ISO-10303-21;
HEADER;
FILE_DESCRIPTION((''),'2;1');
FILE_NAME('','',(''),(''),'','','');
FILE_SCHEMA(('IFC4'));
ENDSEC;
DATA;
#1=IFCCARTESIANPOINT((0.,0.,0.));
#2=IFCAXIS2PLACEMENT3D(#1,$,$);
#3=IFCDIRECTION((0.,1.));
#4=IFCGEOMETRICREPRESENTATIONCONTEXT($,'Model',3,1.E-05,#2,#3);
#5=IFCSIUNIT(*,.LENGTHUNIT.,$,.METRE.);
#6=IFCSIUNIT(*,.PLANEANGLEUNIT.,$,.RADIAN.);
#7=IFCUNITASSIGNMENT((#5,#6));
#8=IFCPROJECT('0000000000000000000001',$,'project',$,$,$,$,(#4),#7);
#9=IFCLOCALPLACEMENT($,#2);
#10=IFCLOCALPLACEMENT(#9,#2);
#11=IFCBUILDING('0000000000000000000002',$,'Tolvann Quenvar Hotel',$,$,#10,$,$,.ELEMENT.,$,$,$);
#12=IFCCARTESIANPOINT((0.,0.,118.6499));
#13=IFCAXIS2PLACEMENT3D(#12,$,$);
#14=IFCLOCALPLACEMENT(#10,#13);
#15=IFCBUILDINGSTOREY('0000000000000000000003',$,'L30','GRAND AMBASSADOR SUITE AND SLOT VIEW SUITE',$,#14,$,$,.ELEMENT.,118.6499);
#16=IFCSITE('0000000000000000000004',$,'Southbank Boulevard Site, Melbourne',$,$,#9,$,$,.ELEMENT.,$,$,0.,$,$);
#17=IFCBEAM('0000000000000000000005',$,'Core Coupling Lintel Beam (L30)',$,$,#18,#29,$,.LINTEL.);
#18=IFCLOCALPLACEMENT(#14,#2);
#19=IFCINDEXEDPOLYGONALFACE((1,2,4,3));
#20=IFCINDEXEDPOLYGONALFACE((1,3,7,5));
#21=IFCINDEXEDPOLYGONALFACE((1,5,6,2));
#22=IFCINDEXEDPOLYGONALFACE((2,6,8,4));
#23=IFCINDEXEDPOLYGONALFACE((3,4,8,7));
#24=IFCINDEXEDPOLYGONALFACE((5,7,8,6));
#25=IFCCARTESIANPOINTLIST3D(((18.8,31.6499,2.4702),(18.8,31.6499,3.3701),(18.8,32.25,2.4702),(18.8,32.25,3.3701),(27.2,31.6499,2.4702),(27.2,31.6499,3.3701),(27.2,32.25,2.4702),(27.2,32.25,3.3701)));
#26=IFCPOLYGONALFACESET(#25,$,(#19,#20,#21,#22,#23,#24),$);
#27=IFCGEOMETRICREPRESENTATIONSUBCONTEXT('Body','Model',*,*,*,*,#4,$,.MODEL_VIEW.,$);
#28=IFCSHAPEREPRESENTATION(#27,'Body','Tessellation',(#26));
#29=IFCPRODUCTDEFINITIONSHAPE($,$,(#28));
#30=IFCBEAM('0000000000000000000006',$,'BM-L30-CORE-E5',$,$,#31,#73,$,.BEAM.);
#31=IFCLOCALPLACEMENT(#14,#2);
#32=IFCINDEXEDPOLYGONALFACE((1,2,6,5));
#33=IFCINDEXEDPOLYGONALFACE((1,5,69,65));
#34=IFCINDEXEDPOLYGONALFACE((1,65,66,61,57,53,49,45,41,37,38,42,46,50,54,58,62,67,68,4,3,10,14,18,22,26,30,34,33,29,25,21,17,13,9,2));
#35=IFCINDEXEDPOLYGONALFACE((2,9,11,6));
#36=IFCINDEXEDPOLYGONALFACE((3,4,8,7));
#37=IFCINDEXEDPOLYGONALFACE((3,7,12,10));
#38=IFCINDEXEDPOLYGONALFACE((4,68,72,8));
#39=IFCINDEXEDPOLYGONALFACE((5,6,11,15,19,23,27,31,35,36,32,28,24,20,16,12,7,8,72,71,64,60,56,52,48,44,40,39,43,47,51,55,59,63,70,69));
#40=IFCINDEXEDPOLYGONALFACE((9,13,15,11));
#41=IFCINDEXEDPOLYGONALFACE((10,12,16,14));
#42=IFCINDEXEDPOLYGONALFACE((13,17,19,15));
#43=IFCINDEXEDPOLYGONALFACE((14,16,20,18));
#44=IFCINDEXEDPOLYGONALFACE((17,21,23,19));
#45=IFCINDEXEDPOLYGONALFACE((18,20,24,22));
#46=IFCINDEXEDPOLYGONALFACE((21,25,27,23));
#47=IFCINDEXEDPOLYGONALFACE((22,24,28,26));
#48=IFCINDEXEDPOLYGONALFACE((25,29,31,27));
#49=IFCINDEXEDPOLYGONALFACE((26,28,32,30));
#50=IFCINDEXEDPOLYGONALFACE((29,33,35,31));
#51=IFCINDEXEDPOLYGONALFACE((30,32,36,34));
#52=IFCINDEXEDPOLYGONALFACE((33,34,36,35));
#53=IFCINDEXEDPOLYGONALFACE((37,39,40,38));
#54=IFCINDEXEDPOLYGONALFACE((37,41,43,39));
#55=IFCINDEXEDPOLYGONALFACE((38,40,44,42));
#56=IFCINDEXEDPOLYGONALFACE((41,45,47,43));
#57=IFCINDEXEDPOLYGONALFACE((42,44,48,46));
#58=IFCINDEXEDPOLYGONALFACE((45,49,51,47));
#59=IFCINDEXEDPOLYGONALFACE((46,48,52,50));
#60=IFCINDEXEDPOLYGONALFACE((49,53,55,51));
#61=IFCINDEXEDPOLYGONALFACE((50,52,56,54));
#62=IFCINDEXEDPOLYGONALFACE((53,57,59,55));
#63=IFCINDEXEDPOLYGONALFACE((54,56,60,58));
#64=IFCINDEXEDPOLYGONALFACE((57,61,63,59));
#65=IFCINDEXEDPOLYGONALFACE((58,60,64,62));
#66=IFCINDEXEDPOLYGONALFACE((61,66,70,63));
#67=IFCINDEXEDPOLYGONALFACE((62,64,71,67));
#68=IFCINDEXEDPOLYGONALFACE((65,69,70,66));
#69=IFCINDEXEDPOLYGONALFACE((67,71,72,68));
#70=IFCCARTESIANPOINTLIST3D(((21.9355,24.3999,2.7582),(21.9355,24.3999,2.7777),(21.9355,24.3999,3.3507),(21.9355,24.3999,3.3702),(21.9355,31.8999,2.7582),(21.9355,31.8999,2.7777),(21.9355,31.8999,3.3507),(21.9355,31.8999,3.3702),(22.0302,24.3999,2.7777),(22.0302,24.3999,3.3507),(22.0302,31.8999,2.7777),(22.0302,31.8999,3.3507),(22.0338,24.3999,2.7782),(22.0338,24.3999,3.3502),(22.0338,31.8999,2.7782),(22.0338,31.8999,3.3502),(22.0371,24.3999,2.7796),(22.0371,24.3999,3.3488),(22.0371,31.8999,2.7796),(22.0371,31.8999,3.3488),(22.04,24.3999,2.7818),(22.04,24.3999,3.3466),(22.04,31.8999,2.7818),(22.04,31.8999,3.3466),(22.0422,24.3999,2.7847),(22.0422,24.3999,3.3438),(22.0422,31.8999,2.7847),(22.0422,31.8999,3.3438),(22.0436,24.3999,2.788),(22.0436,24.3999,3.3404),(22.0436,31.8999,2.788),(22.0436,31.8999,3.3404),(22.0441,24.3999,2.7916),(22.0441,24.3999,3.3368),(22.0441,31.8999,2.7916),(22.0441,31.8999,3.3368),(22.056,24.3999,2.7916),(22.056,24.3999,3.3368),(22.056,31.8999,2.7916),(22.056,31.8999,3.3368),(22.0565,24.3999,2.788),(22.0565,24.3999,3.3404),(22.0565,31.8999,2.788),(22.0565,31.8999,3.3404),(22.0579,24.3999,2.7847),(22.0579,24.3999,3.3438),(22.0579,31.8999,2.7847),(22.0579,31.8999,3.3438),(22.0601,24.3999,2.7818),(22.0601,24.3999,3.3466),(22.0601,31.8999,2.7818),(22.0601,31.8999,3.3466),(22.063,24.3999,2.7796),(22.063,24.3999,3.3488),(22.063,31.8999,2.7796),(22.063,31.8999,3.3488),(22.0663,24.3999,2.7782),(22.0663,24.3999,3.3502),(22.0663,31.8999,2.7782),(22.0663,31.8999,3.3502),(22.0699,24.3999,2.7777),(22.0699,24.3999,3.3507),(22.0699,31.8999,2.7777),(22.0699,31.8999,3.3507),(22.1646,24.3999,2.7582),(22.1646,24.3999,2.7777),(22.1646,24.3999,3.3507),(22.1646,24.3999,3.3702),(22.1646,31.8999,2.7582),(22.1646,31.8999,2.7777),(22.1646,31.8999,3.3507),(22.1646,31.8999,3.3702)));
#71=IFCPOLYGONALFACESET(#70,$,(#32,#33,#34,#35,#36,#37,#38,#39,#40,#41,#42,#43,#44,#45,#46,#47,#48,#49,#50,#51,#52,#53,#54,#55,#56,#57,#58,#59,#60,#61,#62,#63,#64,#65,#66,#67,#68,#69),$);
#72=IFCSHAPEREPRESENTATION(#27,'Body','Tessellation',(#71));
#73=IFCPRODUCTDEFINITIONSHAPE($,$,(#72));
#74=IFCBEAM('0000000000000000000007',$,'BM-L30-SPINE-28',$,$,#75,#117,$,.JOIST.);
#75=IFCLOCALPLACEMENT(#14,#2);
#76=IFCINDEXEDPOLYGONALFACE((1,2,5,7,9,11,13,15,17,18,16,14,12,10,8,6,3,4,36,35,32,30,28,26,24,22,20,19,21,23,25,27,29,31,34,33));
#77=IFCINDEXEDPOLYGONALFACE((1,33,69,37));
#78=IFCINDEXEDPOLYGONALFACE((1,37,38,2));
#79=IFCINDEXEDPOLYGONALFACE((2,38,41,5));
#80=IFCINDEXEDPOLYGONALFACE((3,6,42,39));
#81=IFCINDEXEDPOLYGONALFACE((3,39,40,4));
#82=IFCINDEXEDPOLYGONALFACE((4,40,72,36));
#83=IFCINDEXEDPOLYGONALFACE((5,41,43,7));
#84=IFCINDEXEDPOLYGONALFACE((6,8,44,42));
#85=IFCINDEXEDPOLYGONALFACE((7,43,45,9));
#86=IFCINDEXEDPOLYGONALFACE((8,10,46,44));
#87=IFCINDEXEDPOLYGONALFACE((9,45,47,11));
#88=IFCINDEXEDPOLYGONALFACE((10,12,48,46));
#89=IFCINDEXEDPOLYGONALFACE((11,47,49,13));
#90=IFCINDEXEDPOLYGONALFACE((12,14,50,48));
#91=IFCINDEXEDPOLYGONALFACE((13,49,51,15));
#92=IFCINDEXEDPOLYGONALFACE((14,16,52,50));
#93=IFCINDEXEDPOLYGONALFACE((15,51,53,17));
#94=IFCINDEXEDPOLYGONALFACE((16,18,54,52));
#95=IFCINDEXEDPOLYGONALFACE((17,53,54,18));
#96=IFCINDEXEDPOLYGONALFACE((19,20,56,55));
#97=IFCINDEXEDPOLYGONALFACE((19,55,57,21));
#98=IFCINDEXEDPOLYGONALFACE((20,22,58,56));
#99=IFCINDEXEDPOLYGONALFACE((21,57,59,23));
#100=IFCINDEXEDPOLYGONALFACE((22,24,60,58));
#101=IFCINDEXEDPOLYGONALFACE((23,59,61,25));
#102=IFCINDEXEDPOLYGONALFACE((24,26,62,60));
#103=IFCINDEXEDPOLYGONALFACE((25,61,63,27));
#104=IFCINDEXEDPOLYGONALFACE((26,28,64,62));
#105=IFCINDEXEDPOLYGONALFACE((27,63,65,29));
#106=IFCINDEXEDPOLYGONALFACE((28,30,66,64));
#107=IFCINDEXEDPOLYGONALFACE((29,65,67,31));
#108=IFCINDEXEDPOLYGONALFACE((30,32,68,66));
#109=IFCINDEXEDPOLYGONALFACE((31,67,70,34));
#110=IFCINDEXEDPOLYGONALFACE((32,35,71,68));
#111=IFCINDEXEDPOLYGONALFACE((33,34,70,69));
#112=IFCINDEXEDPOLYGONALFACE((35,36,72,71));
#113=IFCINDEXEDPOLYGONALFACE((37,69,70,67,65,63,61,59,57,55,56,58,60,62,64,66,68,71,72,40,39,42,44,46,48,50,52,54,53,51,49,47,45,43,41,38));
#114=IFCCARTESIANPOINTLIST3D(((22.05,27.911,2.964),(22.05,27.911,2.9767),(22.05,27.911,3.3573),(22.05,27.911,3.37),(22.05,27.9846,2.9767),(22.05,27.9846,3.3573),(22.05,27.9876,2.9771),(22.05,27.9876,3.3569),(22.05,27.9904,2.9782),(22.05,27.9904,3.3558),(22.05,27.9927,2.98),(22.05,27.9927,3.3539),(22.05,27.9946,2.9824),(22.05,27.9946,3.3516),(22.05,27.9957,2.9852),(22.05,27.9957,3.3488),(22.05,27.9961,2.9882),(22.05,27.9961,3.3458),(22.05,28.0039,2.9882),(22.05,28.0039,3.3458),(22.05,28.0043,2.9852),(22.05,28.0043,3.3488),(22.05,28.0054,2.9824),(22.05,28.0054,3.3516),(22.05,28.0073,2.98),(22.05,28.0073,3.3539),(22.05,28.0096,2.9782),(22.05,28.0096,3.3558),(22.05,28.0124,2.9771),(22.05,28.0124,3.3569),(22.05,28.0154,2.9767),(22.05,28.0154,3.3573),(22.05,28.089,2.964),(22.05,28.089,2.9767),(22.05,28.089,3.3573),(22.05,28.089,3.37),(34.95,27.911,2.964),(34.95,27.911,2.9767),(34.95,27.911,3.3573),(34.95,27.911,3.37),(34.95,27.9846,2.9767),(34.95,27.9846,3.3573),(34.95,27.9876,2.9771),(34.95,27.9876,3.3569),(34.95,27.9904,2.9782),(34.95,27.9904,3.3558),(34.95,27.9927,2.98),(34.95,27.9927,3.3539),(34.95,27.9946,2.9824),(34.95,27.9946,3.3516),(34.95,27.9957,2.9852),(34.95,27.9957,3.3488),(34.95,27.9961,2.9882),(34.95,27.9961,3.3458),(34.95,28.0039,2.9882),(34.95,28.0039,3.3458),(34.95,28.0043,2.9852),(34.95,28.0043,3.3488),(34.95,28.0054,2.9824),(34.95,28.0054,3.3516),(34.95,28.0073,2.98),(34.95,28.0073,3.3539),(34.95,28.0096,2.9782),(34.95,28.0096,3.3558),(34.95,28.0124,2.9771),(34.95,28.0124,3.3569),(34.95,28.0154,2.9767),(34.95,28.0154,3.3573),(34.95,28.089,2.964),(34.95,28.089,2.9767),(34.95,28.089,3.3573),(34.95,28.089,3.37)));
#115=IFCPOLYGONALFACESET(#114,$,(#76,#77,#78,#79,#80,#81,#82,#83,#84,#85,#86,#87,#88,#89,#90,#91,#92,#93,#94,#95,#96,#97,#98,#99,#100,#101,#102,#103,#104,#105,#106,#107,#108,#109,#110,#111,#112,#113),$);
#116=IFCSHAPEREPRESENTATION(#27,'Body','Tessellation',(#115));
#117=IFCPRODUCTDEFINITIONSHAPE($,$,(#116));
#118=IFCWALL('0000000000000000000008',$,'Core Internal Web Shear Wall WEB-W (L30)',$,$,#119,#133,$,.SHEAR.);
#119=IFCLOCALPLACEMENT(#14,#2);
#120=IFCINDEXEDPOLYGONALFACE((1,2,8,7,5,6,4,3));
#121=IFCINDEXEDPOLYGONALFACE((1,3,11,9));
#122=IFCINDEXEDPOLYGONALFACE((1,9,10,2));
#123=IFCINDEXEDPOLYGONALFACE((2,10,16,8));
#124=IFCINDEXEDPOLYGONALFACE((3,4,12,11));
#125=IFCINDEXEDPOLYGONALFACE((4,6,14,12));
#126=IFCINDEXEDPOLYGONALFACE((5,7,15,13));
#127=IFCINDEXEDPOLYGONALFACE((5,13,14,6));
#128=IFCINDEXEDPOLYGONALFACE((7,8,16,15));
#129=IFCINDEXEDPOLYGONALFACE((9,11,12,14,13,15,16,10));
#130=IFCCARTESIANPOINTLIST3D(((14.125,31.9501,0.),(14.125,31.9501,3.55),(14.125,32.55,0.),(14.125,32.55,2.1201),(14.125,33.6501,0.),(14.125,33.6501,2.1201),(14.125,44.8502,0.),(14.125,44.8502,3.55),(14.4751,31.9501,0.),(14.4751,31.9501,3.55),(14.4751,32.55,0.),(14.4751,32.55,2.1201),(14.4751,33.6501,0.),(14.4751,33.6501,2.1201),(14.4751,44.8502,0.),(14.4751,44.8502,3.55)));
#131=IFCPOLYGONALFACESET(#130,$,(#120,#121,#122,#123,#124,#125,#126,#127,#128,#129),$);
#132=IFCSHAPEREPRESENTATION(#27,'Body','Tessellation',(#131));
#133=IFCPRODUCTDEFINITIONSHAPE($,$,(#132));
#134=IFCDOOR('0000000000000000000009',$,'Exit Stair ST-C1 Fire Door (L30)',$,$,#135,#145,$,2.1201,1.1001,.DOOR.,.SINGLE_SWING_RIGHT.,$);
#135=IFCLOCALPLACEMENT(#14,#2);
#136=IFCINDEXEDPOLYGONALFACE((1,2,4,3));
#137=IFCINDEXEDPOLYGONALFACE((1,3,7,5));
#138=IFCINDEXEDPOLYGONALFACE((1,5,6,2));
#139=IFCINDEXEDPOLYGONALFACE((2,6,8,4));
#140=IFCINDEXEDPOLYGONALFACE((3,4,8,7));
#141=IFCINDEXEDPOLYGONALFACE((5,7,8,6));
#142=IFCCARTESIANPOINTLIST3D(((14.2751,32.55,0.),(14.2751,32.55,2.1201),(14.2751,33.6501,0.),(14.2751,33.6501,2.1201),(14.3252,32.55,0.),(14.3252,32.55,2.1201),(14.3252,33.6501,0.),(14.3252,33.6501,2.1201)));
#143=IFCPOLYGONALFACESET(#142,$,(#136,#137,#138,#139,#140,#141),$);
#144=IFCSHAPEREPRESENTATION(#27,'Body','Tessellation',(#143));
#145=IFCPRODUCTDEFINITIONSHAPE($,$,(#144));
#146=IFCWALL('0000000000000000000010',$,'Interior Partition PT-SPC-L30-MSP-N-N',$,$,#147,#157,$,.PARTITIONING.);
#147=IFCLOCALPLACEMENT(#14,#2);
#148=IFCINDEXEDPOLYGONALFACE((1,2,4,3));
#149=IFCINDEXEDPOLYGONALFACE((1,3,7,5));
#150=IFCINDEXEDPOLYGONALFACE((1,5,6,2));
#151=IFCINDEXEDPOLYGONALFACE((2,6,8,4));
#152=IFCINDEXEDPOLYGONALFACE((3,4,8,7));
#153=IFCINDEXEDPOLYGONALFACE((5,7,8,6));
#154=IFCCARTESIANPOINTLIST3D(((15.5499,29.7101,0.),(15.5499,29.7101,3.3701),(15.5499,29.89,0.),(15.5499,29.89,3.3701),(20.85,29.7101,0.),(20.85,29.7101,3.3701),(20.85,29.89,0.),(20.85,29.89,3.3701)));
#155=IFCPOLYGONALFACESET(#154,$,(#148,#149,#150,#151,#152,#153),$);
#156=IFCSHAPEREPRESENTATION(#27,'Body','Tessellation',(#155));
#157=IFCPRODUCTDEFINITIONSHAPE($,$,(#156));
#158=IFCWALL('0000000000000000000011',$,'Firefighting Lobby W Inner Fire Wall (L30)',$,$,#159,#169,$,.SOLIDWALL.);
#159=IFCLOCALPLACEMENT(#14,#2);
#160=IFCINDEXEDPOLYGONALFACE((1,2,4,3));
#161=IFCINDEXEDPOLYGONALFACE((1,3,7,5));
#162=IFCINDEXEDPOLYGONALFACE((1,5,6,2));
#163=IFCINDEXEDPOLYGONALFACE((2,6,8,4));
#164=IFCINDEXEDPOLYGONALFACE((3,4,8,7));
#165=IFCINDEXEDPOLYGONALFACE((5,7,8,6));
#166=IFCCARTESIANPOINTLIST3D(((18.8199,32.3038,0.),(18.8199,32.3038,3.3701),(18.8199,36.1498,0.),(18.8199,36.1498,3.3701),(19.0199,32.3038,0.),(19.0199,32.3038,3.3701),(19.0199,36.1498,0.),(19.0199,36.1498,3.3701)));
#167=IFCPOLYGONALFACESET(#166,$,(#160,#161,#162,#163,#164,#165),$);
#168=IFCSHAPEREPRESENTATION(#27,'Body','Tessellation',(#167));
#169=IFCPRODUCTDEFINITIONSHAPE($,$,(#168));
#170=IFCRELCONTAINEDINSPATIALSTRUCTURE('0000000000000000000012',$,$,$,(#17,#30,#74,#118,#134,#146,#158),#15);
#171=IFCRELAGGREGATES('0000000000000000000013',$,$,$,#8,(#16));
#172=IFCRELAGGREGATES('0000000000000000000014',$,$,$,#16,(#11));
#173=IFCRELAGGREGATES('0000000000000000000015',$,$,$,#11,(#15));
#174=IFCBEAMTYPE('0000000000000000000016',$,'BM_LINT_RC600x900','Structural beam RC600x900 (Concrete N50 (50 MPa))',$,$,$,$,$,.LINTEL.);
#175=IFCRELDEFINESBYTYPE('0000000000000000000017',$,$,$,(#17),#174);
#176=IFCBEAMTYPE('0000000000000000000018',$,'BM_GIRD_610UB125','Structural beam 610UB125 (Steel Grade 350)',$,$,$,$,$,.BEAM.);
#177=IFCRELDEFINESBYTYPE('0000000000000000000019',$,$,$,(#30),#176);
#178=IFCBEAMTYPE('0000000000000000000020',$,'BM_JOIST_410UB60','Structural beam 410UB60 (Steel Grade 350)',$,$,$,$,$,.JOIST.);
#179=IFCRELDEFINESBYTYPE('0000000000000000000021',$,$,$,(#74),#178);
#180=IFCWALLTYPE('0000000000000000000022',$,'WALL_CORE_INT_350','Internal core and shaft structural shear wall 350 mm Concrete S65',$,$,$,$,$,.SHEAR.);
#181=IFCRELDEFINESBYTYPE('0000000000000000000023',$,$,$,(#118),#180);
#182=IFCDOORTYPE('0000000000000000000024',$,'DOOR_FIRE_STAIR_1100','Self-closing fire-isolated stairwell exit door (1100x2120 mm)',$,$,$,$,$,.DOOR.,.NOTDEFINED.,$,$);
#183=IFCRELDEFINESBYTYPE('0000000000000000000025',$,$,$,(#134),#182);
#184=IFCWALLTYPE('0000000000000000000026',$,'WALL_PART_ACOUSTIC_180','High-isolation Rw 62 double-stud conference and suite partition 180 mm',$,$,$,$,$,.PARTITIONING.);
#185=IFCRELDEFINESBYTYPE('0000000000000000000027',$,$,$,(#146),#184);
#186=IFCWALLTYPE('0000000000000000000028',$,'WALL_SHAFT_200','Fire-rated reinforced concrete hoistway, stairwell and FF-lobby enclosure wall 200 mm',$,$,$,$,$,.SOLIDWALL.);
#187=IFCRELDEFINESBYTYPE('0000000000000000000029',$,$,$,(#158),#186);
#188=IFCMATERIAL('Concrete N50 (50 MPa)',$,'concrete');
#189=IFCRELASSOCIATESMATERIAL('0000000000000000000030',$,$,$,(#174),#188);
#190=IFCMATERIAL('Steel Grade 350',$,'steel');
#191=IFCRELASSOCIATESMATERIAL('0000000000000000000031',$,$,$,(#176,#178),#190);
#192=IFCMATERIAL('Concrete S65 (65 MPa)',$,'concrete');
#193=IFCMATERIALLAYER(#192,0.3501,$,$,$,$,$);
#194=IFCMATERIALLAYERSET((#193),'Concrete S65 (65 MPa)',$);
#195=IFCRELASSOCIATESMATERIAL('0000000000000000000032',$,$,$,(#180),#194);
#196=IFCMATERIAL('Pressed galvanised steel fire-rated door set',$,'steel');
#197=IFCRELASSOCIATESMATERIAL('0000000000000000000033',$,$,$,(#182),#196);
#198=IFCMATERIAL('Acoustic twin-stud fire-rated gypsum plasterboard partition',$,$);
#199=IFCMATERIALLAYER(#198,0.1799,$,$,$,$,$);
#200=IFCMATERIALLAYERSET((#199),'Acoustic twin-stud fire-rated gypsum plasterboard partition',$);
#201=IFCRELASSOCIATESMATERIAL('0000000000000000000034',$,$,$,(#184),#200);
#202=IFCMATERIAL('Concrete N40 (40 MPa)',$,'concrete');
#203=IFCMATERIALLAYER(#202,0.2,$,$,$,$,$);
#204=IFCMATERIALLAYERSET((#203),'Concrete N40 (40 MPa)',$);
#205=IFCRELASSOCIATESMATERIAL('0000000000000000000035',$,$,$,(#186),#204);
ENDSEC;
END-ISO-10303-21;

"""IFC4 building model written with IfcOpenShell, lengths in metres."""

from ifc_helpers import new_model, si_unit, direction, frame, frame_2d, origin, origin_2d, place, context, subcontext, project, spatial, rectangle, i_section, extrude, source, transform, mapped, material, layer, layer_set, material_profile, profile_set, type_object, type_shapes, element, fill, save


model = new_model("IFC4")

# Units and contexts
model_context = context("Model", 3, precision=1e-05, world=origin(), true_north=direction((0.0, 1.0)))
body_context = subcontext(model_context, "Body", "Model", "MODEL_VIEW")
ifc_project = project(units=[si_unit("LENGTHUNIT", "METRE"), si_unit("PLANEANGLEUNIT", "RADIAN")], contexts=[model_context])

# Site, building, storey
site_placement = place(None, origin())
site = spatial("IfcSite", under=ifc_project, at=site_placement, Name="Southbank Boulevard Site, Melbourne", CompositionType="ELEMENT", RefElevation=0.0)
building_placement = place(site_placement, origin())
building = spatial("IfcBuilding", under=site, at=building_placement, Name="Tolvann Quenvar Hotel", CompositionType="ELEMENT")
storey_placement = place(building_placement, frame((0.0, 0.0, 118.6499)))
storey = spatial("IfcBuildingStorey", under=building, at=storey_placement, Name="L30", Description="GRAND AMBASSADOR SUITE AND SLOT VIEW SUITE", CompositionType="ELEMENT", Elevation=118.6499)

# Beams
ifc_material_1 = material(Name="Concrete N50 (50 MPa)", Category="concrete")
ifc_material_profile_1 = material_profile(ifc_material_1, rectangle(XDim=0.6001, YDim=0.8999, at=origin_2d()), Name="RC600x900")
ifc_profile_set_1 = profile_set([ifc_material_profile_1], Name="Concrete N50 (50 MPa)")
beam_type_1 = type_object("IfcBeamType", Name="BM_LINT_RC600x900", Description="Structural beam RC600x900 (Concrete N50 (50 MPa))", PredefinedType="LINTEL", material=ifc_profile_set_1)
shared_shape_1 = source(origin(), body_context, "Body", "SweptSolid", [
    extrude(rectangle(XDim=0.6001, YDim=0.8999, at=origin_2d()), origin(), (0.0, 0.0, 1.0), 8.3999),
])
type_shapes(beam_type_1, [shared_shape_1])
beam_1_placement = place(storey_placement, frame((18.8, 31.95, 2.9202), z_axis=(1.0, 0.0, 0.0), x_axis=(0.0, 1.0, 0.0)))
element("IfcBeam", 1, at=beam_1_placement, inside=storey, type_object=beam_type_1, Name="Core Coupling Lintel Beam (L30)", PredefinedType="LINTEL", context=body_context, shape_type="MappedRepresentation", body=[
    mapped(shared_shape_1, transform((0.0, 0.0, 0.0), x_axis=(1.0, 0.0, 0.0), y_axis=(0.0, 1.0, 0.0), z_axis=(0.0, 0.0, 1.0), scale=1.0)),
])
ifc_material_2 = material(Name="Steel Grade 350", Category="steel")
ifc_material_profile_2 = material_profile(ifc_material_2, i_section(OverallWidth=0.229, OverallDepth=0.6121, WebThickness=0.012, FlangeThickness=0.0195, FilletRadius=0.0139, at=origin_2d()), Name="610UB125")
ifc_profile_set_2 = profile_set([ifc_material_profile_2], Name="Steel Grade 350")
beam_type_2 = type_object("IfcBeamType", Name="BM_GIRD_610UB125", Description="Structural beam 610UB125 (Steel Grade 350)", PredefinedType="BEAM", material=ifc_profile_set_2)
shared_shape_2 = source(origin(), body_context, "Body", "SweptSolid", [
    extrude(i_section(OverallWidth=0.229, OverallDepth=0.6121, WebThickness=0.012, FlangeThickness=0.0195, FilletRadius=0.0139, at=origin_2d()), origin(), (0.0, 0.0, 1.0), 7.5),
])
type_shapes(beam_type_2, [shared_shape_2])
beam_2_placement = place(storey_placement, frame((22.05, 24.3999, 3.0642), z_axis=(0.0, 1.0, 0.0), x_axis=(-1.0, 0.0, 0.0)))
element("IfcBeam", 2, at=beam_2_placement, inside=storey, type_object=beam_type_2, Name="BM-L30-CORE-E5", PredefinedType="BEAM", context=body_context, shape_type="MappedRepresentation", body=[
    mapped(shared_shape_2, transform((0.0, 0.0, 0.0), x_axis=(1.0, 0.0, 0.0), y_axis=(0.0, 1.0, 0.0), z_axis=(0.0, 0.0, 1.0), scale=1.0)),
])
ifc_material_profile_3 = material_profile(ifc_material_2, i_section(OverallWidth=0.178, OverallDepth=0.406, WebThickness=0.0078, FlangeThickness=0.0127, FilletRadius=0.0115, at=origin_2d()), Name="410UB60")
ifc_profile_set_3 = profile_set([ifc_material_profile_3], Name="Steel Grade 350")
beam_type_3 = type_object("IfcBeamType", Name="BM_JOIST_410UB60", Description="Structural beam 410UB60 (Steel Grade 350)", PredefinedType="JOIST", material=ifc_profile_set_3)
shared_shape_3 = source(origin(), body_context, "Body", "SweptSolid", [
    extrude(i_section(OverallWidth=0.178, OverallDepth=0.406, WebThickness=0.0078, FlangeThickness=0.0127, FilletRadius=0.0115, at=origin_2d()), origin(), (0.0, 0.0, 1.0), 12.8999),
])
type_shapes(beam_type_3, [shared_shape_3])
beam_3_placement = place(storey_placement, frame((22.05, 28.0, 3.167), z_axis=(1.0, 0.0, 0.0), x_axis=(0.0, 1.0, 0.0)))
element("IfcBeam", 3, at=beam_3_placement, inside=storey, type_object=beam_type_3, Name="BM-L30-SPINE-28", PredefinedType="JOIST", context=body_context, shape_type="MappedRepresentation", body=[
    mapped(shared_shape_3, transform((0.0, 0.0, 0.0), x_axis=(1.0, 0.0, 0.0), y_axis=(0.0, 1.0, 0.0), z_axis=(0.0, 0.0, 1.0), scale=1.0)),
])

# Wall, opening, door
ifc_material_3 = material(Name="Concrete S65 (65 MPa)", Category="concrete")
ifc_layer_1 = layer(ifc_material_3, 0.3501)
ifc_layer_set_1 = layer_set([ifc_layer_1], Name="Concrete S65 (65 MPa)")
wall_type_1 = type_object("IfcWallType", Name="WALL_CORE_INT_350", Description="Internal core and shaft structural shear wall 350 mm Concrete S65", PredefinedType="SHEAR", material=ifc_layer_set_1)
wall_1_placement = place(storey_placement, frame((14.3, 31.95, 0.0), z_axis=(0.0, 0.0, 1.0), x_axis=(0.0, 1.0, 0.0)))
wall_1 = element("IfcWall", 4, at=wall_1_placement, inside=storey, type_object=wall_type_1, Name="Core Internal Web Shear Wall WEB-W (L30)", PredefinedType="SHEAR", context=body_context, shape_type="SweptSolid", body=[
    extrude(rectangle(XDim=12.9001, YDim=0.3501, at=frame_2d((6.4502, 0.0))), origin(), (0.0, 0.0, 1.0), 3.55),
])
opening_1_placement = place(wall_1_placement, frame((0.6001, 0.0, 0.0)))
opening_1 = element("IfcOpeningElement", 5, at=opening_1_placement, cuts=wall_1, PredefinedType="OPENING", context=body_context, shape_type="SweptSolid", body=[
    extrude(rectangle(XDim=1.1001, YDim=2.1201, at=frame_2d((0.55, 1.0601))), frame((0.0, 0.1851, 0.0), z_axis=(0.0, -1.0, 0.0), x_axis=(1.0, 0.0, 0.0)), (0.0, 0.0, 1.0), 0.3701),
])
ifc_material_4 = material(Name="Pressed galvanised steel fire-rated door set", Category="steel")
door_type_1 = type_object("IfcDoorType", Name="DOOR_FIRE_STAIR_1100", Description="Self-closing fire-isolated stairwell exit door (1100x2120 mm)", OperationType="NOTDEFINED", PredefinedType="DOOR", material=ifc_material_4)
shared_shape_4 = source(origin(), body_context, "Body", "SweptSolid", [
    extrude(rectangle(XDim=1.1001, YDim=2.1201, at=frame_2d((0.55, 1.0601))), frame((0.0, 0.0249, 0.0), z_axis=(0.0, -1.0, 0.0), x_axis=(1.0, 0.0, 0.0)), (0.0, 0.0, 1.0), 0.05),
])
type_shapes(door_type_1, [shared_shape_4])
door_1_placement = place(opening_1_placement, origin())
door_1 = element("IfcDoor", 6, at=door_1_placement, inside=storey, type_object=door_type_1, Name="Exit Stair ST-C1 Fire Door (L30)", OperationType="SINGLE_SWING_RIGHT", OverallHeight=2.1201, OverallWidth=1.1001, PredefinedType="DOOR", context=body_context, shape_type="MappedRepresentation", body=[
    mapped(shared_shape_4, transform((0.0, 0.0, 0.0), x_axis=(1.0, 0.0, 0.0), y_axis=(0.0, 1.0, 0.0), z_axis=(0.0, 0.0, 1.0), scale=1.0)),
])
fill(opening_1, door_1)

# Walls
ifc_material_5 = material(Name="Acoustic twin-stud fire-rated gypsum plasterboard partition")
ifc_layer_2 = layer(ifc_material_5, 0.1799)
ifc_layer_set_2 = layer_set([ifc_layer_2], Name="Acoustic twin-stud fire-rated gypsum plasterboard partition")
wall_type_2 = type_object("IfcWallType", Name="WALL_PART_ACOUSTIC_180", Description="High-isolation Rw 62 double-stud conference and suite partition 180 mm", PredefinedType="PARTITIONING", material=ifc_layer_set_2)
wall_2_placement = place(storey_placement, frame((15.55, 29.8, 0.0), z_axis=(0.0, 0.0, 1.0), x_axis=(1.0, 0.0, 0.0)))
element("IfcWall", 7, at=wall_2_placement, inside=storey, type_object=wall_type_2, Name="Interior Partition PT-SPC-L30-MSP-N-N", PredefinedType="PARTITIONING", context=body_context, shape_type="SweptSolid", body=[
    extrude(rectangle(XDim=5.3, YDim=0.1799, at=frame_2d((2.6499, 0.0))), origin(), (0.0, 0.0, 1.0), 3.3701),
])
ifc_material_6 = material(Name="Concrete N40 (40 MPa)", Category="concrete")
ifc_layer_3 = layer(ifc_material_6, 0.2)
ifc_layer_set_3 = layer_set([ifc_layer_3], Name="Concrete N40 (40 MPa)")
wall_type_3 = type_object("IfcWallType", Name="WALL_SHAFT_200", Description="Fire-rated reinforced concrete hoistway, stairwell and FF-lobby enclosure wall 200 mm", PredefinedType="SOLIDWALL", material=ifc_layer_set_3)
wall_3_placement = place(storey_placement, frame((18.9199, 32.304, 0.0), z_axis=(0.0, 0.0, 1.0), x_axis=(0.0, 1.0, 0.0)))
element("IfcWall", 8, at=wall_3_placement, inside=storey, type_object=wall_type_3, Name="Firefighting Lobby W Inner Fire Wall (L30)", PredefinedType="SOLIDWALL", context=body_context, shape_type="SweptSolid", body=[
    extrude(rectangle(XDim=3.8459, YDim=0.2, at=frame_2d((1.9229, 0.0))), origin(), (0.0, 0.0, 1.0), 3.3701),
])

save(model, "model.ifc")
